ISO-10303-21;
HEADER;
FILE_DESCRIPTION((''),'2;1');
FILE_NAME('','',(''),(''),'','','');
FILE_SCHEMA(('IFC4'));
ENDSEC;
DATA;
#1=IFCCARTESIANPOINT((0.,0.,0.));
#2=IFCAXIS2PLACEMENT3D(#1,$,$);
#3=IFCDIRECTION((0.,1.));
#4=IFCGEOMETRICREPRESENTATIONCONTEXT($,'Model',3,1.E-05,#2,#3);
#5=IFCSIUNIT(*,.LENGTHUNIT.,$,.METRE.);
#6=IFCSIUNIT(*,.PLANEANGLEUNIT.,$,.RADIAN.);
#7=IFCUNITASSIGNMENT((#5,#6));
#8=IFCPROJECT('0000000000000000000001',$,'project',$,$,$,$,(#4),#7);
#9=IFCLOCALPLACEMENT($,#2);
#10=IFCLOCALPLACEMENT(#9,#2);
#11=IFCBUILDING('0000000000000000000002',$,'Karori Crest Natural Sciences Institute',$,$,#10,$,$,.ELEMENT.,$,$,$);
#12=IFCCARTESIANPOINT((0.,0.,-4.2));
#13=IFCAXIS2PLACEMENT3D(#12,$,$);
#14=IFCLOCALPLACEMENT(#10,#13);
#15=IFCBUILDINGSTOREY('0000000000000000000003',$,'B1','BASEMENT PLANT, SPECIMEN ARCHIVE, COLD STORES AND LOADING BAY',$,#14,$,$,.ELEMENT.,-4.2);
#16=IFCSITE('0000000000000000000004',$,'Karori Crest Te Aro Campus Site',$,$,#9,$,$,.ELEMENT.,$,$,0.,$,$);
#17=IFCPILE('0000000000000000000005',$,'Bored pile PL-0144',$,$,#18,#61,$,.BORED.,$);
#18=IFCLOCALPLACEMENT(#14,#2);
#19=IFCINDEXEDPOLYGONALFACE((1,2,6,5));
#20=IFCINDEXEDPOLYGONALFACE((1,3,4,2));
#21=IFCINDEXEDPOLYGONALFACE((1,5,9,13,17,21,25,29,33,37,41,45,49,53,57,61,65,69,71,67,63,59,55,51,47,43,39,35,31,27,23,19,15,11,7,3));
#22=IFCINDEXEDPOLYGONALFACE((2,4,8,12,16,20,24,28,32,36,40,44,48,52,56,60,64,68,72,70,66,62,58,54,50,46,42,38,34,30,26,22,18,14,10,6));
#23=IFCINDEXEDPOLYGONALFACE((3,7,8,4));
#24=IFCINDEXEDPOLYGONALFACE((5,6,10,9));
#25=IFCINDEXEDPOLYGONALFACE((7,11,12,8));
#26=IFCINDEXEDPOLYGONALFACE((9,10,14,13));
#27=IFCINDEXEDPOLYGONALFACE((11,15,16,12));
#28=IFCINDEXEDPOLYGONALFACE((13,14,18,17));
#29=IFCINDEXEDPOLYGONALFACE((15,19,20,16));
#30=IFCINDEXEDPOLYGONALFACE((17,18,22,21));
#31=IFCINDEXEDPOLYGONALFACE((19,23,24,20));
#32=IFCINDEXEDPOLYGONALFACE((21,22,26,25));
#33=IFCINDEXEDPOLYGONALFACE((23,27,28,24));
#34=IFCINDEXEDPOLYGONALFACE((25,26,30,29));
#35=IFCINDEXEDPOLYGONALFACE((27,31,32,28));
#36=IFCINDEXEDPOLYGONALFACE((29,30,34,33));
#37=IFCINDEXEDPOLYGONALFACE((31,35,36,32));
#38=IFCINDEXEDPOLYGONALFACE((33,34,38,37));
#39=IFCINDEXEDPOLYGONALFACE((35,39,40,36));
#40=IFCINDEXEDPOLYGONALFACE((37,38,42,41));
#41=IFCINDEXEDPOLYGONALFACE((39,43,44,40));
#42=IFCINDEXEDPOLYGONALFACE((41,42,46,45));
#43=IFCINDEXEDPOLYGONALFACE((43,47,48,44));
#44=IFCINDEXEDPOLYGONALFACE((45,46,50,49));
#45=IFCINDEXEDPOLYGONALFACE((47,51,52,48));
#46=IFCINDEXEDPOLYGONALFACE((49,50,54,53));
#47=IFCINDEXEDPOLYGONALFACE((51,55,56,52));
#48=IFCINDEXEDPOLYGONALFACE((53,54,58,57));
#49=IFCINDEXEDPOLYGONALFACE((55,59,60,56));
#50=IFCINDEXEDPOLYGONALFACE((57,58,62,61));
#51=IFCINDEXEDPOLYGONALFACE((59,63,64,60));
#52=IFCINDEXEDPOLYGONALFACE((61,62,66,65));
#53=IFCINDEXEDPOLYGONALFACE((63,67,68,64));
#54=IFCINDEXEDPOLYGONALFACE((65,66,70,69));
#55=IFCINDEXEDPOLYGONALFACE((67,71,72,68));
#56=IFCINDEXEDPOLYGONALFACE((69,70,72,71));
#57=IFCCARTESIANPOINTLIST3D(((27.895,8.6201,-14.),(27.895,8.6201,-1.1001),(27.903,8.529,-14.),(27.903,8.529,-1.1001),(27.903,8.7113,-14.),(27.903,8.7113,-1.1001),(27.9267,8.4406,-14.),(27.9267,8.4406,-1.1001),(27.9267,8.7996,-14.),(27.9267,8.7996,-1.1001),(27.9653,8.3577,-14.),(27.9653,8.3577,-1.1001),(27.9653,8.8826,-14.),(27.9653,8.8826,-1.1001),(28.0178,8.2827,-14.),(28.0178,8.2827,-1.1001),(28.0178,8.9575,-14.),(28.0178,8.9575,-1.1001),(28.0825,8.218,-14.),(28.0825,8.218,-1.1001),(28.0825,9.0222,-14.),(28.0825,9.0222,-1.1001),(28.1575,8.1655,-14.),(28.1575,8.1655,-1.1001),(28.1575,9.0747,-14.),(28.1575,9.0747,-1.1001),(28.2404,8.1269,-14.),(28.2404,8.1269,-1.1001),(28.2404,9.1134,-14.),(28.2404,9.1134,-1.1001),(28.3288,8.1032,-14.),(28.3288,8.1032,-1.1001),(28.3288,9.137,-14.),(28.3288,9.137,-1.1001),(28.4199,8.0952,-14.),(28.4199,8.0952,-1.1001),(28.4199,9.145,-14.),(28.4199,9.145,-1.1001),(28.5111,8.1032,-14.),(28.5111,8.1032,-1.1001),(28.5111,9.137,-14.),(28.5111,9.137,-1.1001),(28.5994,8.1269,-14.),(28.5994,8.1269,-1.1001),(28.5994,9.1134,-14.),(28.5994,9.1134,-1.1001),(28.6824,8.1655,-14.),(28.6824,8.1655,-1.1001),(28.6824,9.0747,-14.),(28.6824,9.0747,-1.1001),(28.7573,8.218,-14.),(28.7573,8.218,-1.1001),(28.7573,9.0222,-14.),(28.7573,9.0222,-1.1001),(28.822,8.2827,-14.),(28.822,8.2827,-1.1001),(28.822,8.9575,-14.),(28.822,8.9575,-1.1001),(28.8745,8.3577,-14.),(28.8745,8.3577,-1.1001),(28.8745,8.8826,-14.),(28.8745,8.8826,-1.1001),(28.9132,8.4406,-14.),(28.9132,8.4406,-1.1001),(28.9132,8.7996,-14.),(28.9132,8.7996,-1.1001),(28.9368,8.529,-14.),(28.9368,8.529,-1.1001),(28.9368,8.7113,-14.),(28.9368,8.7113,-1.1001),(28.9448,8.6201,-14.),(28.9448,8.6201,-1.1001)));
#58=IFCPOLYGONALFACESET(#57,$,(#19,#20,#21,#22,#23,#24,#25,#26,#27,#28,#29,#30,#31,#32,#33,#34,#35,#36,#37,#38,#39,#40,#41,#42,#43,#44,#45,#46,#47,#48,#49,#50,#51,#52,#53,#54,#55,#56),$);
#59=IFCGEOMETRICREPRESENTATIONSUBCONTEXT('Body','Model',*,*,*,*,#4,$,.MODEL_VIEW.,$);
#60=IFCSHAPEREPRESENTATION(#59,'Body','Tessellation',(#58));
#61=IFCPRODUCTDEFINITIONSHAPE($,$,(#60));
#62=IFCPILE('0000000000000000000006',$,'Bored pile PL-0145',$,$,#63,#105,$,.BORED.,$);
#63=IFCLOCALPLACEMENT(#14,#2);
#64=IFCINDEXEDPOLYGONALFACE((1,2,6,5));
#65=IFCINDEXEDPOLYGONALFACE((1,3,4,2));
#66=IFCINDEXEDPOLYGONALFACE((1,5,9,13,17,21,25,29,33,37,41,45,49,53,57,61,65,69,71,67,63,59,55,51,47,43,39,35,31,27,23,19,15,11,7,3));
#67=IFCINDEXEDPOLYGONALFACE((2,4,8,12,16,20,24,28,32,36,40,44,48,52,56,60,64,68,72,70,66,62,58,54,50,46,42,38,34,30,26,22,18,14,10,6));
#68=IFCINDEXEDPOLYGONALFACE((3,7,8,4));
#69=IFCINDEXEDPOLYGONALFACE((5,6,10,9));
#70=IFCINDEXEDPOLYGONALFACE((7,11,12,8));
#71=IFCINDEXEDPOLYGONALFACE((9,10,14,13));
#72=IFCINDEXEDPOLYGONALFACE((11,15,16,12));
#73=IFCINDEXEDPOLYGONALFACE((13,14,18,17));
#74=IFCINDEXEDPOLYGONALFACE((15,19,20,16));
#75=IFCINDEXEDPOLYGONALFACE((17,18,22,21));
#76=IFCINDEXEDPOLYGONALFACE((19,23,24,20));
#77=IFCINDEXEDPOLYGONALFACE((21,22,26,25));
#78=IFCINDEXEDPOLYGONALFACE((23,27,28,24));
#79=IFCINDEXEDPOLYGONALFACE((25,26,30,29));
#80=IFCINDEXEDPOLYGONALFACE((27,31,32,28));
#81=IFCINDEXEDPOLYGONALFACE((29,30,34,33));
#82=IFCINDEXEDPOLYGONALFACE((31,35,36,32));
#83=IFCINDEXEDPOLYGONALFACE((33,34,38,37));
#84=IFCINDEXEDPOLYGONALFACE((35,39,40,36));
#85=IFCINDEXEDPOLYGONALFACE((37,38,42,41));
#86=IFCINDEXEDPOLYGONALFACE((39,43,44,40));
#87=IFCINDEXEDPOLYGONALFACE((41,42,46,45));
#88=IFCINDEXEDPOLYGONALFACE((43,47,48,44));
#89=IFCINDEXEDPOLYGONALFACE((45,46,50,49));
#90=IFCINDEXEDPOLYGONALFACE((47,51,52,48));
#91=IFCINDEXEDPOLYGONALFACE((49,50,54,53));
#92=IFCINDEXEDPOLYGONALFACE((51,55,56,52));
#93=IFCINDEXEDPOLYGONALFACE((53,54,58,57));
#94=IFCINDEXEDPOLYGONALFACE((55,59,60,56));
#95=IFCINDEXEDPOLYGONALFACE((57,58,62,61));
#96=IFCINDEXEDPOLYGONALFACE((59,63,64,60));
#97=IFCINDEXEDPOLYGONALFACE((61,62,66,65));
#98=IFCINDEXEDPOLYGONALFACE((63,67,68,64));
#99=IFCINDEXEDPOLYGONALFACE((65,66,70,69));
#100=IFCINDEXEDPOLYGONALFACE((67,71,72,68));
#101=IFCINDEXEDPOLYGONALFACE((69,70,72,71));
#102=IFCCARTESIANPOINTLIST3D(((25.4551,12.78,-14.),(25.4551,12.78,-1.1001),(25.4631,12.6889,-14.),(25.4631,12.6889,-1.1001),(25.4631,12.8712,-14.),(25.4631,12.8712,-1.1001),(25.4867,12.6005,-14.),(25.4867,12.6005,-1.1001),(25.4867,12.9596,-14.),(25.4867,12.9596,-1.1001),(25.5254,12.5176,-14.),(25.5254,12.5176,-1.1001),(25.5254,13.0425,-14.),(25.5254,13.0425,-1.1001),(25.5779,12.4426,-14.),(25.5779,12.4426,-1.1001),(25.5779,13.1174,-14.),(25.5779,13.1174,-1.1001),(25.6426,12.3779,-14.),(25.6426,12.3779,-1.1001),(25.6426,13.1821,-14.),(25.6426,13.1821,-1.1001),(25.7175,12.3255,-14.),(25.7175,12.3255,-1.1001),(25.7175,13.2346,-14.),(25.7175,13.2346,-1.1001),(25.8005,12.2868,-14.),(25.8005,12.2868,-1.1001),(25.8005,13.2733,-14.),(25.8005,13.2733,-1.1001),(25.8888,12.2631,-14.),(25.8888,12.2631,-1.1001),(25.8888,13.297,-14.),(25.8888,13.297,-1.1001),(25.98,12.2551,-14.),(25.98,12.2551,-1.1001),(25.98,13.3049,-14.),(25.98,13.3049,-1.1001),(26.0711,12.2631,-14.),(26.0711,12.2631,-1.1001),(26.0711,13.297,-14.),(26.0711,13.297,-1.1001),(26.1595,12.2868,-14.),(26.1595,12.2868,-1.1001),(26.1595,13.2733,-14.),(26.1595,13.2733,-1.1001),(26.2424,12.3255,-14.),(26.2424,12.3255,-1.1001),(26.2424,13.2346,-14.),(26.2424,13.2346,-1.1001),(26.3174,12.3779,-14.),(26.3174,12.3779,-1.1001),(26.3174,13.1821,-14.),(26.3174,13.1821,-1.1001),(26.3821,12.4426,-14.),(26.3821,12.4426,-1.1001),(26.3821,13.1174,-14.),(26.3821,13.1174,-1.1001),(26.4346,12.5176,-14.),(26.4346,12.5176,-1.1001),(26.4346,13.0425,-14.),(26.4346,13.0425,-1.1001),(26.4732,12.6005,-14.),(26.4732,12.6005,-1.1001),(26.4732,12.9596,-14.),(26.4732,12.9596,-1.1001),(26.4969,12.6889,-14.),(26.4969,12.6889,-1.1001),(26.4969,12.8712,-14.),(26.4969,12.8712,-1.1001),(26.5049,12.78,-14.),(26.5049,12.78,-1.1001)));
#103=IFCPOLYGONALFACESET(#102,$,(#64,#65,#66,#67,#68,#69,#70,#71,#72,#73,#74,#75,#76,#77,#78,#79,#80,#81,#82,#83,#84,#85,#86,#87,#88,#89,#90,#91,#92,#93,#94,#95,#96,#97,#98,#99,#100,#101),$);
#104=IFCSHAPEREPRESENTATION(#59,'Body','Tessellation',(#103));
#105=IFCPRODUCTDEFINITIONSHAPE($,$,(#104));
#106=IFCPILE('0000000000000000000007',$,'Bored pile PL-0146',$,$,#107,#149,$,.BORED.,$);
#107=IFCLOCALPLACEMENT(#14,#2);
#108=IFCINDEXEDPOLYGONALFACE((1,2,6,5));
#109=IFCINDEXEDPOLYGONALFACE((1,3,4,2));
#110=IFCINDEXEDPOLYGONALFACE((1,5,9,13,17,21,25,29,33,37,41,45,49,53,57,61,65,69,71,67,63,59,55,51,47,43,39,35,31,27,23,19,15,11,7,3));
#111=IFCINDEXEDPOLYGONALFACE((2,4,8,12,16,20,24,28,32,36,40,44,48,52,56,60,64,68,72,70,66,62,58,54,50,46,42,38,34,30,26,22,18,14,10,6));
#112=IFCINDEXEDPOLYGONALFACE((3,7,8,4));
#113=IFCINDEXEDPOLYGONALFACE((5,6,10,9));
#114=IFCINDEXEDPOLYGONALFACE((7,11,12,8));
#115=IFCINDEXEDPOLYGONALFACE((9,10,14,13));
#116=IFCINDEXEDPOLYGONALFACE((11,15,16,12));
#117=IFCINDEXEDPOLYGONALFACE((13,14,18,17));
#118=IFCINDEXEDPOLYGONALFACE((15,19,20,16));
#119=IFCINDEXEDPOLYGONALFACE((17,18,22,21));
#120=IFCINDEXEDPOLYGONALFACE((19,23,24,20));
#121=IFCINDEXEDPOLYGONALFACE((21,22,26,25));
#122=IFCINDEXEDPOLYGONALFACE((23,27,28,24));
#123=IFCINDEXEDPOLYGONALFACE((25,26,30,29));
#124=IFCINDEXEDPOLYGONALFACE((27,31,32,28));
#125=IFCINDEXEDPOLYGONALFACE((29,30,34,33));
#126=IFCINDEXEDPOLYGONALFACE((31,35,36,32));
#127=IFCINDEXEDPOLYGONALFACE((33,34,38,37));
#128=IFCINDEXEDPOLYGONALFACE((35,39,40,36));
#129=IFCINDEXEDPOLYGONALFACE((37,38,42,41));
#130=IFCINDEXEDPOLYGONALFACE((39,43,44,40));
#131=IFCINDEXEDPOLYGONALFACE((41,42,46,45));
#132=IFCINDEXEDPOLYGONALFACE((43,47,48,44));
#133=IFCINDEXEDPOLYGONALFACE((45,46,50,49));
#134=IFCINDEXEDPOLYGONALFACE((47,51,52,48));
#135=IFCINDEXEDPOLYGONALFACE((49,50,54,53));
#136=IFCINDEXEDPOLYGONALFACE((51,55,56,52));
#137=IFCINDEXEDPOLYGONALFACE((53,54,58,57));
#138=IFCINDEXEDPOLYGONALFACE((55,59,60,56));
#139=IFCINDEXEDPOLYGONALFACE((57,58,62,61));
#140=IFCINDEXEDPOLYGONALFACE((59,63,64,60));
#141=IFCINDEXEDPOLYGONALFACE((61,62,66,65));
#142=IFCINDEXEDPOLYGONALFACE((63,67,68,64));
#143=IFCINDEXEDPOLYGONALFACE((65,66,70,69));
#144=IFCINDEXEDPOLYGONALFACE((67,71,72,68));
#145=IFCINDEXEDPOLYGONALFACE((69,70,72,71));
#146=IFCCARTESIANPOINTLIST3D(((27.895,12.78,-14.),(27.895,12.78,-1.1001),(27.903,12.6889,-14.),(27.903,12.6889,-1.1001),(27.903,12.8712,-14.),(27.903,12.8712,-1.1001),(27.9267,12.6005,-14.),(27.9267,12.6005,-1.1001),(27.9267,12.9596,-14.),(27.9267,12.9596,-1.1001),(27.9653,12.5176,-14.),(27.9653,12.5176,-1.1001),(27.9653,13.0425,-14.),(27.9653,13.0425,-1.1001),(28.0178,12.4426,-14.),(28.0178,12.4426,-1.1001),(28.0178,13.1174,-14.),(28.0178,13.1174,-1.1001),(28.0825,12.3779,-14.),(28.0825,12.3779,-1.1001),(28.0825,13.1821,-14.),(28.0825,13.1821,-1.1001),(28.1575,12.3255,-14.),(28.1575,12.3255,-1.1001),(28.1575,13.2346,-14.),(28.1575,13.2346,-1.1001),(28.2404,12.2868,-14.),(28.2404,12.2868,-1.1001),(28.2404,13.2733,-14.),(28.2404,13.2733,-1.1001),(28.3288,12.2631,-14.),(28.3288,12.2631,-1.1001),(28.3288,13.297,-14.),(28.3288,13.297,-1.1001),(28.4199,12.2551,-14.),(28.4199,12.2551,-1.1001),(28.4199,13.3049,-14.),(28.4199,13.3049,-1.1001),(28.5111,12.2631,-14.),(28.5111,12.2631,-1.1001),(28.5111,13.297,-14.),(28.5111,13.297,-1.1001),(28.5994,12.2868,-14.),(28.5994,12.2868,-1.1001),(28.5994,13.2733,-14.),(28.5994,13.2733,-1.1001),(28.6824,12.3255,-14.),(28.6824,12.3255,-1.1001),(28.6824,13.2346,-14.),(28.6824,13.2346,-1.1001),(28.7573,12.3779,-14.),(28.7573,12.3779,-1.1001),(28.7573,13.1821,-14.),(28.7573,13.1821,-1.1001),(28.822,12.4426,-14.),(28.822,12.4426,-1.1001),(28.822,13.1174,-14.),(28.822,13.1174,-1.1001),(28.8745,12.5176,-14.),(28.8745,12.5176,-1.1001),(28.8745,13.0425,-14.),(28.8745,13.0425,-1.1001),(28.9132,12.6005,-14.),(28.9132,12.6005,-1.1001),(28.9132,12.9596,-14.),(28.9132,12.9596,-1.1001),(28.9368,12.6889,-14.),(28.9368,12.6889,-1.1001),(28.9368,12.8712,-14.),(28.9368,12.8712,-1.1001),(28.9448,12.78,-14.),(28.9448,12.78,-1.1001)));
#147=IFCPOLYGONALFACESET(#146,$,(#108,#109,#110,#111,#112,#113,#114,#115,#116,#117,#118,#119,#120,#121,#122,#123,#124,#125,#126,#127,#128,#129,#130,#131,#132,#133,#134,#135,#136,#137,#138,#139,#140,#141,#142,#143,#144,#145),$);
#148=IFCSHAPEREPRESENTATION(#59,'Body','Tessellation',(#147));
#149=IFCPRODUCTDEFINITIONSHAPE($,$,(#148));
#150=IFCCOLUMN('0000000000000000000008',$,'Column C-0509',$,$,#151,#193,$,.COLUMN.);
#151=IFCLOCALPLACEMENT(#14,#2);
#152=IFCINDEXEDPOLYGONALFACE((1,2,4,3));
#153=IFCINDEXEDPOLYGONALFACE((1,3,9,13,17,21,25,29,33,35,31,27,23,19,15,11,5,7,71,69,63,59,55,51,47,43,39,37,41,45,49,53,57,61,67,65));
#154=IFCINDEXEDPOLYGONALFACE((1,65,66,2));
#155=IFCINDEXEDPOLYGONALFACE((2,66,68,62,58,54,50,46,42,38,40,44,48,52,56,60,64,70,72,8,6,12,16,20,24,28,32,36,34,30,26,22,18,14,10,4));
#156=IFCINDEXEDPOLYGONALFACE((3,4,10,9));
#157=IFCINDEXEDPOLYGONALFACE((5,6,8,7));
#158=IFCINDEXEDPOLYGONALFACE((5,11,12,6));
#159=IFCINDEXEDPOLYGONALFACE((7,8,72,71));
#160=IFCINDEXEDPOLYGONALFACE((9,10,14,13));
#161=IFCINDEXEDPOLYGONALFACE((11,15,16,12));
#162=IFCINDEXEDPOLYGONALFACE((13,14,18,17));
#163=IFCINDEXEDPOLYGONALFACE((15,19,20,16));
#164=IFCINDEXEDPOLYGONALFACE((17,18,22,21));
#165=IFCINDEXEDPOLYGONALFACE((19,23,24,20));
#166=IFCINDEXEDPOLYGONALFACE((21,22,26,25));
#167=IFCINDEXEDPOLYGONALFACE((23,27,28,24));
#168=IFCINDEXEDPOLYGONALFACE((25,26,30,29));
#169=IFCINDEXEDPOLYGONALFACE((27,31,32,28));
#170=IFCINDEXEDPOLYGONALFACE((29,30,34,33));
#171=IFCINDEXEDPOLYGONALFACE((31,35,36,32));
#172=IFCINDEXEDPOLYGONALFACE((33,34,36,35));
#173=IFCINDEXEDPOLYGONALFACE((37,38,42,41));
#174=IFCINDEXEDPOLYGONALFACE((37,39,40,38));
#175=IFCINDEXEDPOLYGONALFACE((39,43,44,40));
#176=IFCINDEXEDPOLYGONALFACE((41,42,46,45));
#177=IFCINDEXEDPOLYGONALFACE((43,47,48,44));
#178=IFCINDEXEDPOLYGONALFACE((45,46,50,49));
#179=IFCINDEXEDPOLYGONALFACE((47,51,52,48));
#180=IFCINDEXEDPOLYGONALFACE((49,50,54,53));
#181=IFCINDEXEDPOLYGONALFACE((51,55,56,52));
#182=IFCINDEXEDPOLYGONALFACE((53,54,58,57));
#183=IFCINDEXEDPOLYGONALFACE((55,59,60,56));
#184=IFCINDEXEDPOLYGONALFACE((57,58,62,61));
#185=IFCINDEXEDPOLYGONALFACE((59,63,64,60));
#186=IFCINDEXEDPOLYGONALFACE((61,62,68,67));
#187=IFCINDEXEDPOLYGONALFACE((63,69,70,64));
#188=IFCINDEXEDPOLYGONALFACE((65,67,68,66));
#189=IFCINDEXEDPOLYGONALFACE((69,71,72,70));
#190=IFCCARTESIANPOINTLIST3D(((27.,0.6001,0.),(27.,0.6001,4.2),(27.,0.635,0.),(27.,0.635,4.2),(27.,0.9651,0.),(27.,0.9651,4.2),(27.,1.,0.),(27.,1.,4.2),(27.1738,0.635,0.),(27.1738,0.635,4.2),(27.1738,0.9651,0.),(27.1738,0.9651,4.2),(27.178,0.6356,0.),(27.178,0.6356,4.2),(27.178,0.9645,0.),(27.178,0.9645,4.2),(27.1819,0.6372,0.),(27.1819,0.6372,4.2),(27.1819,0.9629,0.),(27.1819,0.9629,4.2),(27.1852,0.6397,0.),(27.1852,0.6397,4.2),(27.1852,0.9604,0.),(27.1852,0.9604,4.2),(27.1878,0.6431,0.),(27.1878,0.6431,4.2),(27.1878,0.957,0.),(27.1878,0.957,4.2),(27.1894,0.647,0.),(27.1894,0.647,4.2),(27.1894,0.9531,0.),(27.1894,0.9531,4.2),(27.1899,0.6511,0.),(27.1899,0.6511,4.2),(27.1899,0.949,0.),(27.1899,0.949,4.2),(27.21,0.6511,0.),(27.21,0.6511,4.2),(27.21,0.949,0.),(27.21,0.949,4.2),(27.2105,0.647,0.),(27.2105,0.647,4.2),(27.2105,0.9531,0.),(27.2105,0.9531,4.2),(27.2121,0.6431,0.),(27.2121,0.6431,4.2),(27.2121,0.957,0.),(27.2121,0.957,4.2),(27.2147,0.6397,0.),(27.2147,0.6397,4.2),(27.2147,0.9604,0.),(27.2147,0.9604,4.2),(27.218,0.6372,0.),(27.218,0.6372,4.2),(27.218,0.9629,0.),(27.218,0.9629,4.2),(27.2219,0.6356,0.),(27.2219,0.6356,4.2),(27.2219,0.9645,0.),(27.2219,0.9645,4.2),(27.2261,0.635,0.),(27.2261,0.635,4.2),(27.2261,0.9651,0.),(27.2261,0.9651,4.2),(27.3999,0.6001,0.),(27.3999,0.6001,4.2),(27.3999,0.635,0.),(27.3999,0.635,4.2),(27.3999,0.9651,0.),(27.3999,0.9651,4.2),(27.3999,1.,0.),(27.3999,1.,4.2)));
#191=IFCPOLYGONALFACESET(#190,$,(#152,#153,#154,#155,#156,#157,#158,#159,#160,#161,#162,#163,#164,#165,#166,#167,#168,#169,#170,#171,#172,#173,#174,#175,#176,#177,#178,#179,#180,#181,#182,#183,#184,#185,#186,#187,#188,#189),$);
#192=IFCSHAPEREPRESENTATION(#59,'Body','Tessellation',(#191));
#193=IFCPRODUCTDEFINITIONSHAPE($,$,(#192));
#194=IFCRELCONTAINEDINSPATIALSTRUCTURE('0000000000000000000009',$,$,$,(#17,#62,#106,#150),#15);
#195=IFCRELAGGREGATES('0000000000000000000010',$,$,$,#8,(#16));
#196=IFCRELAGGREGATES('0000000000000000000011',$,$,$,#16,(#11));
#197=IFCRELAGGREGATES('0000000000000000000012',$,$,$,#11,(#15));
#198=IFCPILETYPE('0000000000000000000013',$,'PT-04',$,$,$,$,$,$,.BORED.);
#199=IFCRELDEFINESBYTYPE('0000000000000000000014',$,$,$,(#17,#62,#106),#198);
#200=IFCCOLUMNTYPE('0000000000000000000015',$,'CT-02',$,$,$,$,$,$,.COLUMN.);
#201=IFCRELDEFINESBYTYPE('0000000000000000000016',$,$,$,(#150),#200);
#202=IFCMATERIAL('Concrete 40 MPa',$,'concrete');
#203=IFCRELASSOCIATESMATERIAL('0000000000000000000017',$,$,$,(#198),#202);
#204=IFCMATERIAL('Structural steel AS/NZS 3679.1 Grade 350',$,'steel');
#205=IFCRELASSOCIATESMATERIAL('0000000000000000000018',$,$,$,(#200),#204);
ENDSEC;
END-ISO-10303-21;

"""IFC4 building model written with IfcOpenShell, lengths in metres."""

from ifc_helpers import new_model, si_unit, direction, frame, origin, origin_2d, place, context, subcontext, project, spatial, circle, i_section, extrude, material, material_profile, profile_set, type_object, element, save


model = new_model("IFC4")

# Units and contexts
model_context = context("Model", 3, precision=1e-05, world=origin(), true_north=direction((0.0, 1.0)))
body_context = subcontext(model_context, "Body", "Model", "MODEL_VIEW")
ifc_project = project(units=[si_unit("LENGTHUNIT", "METRE"), si_unit("PLANEANGLEUNIT", "RADIAN")], contexts=[model_context])

# Site, building, storey
site_placement = place(None, origin())
site = spatial("IfcSite", under=ifc_project, at=site_placement, Name="Karori Crest Te Aro Campus Site", CompositionType="ELEMENT", RefElevation=0.0)
building_placement = place(site_placement, origin())
building = spatial("IfcBuilding", under=site, at=building_placement, Name="Karori Crest Natural Sciences Institute", CompositionType="ELEMENT")
storey_placement = place(building_placement, frame((0.0, 0.0, -4.2)))
storey = spatial("IfcBuildingStorey", under=building, at=storey_placement, Name="B1", Description="BASEMENT PLANT, SPECIMEN ARCHIVE, COLD STORES AND LOADING BAY", CompositionType="ELEMENT", Elevation=-4.2)

# Shared definitions
ifc_material_1 = material(Name="Concrete 40 MPa", Category="concrete")

# Piles
ifc_material_profile_1 = material_profile(ifc_material_1, circle(Radius=0.5249, at=origin_2d()), Name="PILE1050")
ifc_profile_set_1 = profile_set([ifc_material_profile_1], Name="Concrete 40 MPa")
pile_type = type_object("IfcPileType", Name="PT-04", PredefinedType="BORED", material=ifc_profile_set_1)
for number, where, z_axis, x_axis, name in (
    (1, (28.4199, 8.6201, -1.1001), (0.0, 0.0, -1.0), (1.0, 0.0, 0.0), "Bored pile PL-0144"),
    (2, (25.98, 12.78, -1.1001), (0.0, 0.0, -1.0), (1.0, 0.0, 0.0), "Bored pile PL-0145"),
    (3, (28.4199, 12.78, -1.1001), (0.0, 0.0, -1.0), (1.0, 0.0, 0.0), "Bored pile PL-0146"),
):
    element("IfcPile", number, at=place(storey_placement, frame(where, z_axis=z_axis, x_axis=x_axis)), inside=storey, type_object=pile_type, Name=name, PredefinedType="BORED", context=body_context, shape_type="SweptSolid", body=[
        extrude(circle(Radius=0.5249, at=origin_2d()), origin(), (0.0, 0.0, 1.0), 12.8999),
    ])

# Column
ifc_material_2 = material(Name="Structural steel AS/NZS 3679.1 Grade 350", Category="steel")
ifc_material_profile_2 = material_profile(ifc_material_2, i_section(OverallWidth=0.3999, OverallDepth=0.3999, WebThickness=0.02, FlangeThickness=0.0349, FilletRadius=0.0161, at=origin_2d()), Name="400WC328")
ifc_profile_set_2 = profile_set([ifc_material_profile_2], Name="Structural steel AS/NZS 3679.1 Grade 350")
column_type = type_object("IfcColumnType", Name="CT-02", PredefinedType="COLUMN", material=ifc_profile_set_2)
for number, where, z_axis, x_axis, name in (
    (4, (27.2, 0.8, 0.0), (0.0, 0.0, 1.0), (1.0, 0.0, 0.0), "Column C-0509"),
):
    element("IfcColumn", number, at=place(storey_placement, frame(where, z_axis=z_axis, x_axis=x_axis)), inside=storey, type_object=column_type, Name=name, PredefinedType="COLUMN", context=body_context, shape_type="SweptSolid", body=[
        extrude(i_section(OverallWidth=0.3999, OverallDepth=0.3999, WebThickness=0.02, FlangeThickness=0.0349, FilletRadius=0.0161, at=origin_2d()), origin(), (0.0, 0.0, 1.0), 4.2),
    ])

save(model, "model.ifc")
